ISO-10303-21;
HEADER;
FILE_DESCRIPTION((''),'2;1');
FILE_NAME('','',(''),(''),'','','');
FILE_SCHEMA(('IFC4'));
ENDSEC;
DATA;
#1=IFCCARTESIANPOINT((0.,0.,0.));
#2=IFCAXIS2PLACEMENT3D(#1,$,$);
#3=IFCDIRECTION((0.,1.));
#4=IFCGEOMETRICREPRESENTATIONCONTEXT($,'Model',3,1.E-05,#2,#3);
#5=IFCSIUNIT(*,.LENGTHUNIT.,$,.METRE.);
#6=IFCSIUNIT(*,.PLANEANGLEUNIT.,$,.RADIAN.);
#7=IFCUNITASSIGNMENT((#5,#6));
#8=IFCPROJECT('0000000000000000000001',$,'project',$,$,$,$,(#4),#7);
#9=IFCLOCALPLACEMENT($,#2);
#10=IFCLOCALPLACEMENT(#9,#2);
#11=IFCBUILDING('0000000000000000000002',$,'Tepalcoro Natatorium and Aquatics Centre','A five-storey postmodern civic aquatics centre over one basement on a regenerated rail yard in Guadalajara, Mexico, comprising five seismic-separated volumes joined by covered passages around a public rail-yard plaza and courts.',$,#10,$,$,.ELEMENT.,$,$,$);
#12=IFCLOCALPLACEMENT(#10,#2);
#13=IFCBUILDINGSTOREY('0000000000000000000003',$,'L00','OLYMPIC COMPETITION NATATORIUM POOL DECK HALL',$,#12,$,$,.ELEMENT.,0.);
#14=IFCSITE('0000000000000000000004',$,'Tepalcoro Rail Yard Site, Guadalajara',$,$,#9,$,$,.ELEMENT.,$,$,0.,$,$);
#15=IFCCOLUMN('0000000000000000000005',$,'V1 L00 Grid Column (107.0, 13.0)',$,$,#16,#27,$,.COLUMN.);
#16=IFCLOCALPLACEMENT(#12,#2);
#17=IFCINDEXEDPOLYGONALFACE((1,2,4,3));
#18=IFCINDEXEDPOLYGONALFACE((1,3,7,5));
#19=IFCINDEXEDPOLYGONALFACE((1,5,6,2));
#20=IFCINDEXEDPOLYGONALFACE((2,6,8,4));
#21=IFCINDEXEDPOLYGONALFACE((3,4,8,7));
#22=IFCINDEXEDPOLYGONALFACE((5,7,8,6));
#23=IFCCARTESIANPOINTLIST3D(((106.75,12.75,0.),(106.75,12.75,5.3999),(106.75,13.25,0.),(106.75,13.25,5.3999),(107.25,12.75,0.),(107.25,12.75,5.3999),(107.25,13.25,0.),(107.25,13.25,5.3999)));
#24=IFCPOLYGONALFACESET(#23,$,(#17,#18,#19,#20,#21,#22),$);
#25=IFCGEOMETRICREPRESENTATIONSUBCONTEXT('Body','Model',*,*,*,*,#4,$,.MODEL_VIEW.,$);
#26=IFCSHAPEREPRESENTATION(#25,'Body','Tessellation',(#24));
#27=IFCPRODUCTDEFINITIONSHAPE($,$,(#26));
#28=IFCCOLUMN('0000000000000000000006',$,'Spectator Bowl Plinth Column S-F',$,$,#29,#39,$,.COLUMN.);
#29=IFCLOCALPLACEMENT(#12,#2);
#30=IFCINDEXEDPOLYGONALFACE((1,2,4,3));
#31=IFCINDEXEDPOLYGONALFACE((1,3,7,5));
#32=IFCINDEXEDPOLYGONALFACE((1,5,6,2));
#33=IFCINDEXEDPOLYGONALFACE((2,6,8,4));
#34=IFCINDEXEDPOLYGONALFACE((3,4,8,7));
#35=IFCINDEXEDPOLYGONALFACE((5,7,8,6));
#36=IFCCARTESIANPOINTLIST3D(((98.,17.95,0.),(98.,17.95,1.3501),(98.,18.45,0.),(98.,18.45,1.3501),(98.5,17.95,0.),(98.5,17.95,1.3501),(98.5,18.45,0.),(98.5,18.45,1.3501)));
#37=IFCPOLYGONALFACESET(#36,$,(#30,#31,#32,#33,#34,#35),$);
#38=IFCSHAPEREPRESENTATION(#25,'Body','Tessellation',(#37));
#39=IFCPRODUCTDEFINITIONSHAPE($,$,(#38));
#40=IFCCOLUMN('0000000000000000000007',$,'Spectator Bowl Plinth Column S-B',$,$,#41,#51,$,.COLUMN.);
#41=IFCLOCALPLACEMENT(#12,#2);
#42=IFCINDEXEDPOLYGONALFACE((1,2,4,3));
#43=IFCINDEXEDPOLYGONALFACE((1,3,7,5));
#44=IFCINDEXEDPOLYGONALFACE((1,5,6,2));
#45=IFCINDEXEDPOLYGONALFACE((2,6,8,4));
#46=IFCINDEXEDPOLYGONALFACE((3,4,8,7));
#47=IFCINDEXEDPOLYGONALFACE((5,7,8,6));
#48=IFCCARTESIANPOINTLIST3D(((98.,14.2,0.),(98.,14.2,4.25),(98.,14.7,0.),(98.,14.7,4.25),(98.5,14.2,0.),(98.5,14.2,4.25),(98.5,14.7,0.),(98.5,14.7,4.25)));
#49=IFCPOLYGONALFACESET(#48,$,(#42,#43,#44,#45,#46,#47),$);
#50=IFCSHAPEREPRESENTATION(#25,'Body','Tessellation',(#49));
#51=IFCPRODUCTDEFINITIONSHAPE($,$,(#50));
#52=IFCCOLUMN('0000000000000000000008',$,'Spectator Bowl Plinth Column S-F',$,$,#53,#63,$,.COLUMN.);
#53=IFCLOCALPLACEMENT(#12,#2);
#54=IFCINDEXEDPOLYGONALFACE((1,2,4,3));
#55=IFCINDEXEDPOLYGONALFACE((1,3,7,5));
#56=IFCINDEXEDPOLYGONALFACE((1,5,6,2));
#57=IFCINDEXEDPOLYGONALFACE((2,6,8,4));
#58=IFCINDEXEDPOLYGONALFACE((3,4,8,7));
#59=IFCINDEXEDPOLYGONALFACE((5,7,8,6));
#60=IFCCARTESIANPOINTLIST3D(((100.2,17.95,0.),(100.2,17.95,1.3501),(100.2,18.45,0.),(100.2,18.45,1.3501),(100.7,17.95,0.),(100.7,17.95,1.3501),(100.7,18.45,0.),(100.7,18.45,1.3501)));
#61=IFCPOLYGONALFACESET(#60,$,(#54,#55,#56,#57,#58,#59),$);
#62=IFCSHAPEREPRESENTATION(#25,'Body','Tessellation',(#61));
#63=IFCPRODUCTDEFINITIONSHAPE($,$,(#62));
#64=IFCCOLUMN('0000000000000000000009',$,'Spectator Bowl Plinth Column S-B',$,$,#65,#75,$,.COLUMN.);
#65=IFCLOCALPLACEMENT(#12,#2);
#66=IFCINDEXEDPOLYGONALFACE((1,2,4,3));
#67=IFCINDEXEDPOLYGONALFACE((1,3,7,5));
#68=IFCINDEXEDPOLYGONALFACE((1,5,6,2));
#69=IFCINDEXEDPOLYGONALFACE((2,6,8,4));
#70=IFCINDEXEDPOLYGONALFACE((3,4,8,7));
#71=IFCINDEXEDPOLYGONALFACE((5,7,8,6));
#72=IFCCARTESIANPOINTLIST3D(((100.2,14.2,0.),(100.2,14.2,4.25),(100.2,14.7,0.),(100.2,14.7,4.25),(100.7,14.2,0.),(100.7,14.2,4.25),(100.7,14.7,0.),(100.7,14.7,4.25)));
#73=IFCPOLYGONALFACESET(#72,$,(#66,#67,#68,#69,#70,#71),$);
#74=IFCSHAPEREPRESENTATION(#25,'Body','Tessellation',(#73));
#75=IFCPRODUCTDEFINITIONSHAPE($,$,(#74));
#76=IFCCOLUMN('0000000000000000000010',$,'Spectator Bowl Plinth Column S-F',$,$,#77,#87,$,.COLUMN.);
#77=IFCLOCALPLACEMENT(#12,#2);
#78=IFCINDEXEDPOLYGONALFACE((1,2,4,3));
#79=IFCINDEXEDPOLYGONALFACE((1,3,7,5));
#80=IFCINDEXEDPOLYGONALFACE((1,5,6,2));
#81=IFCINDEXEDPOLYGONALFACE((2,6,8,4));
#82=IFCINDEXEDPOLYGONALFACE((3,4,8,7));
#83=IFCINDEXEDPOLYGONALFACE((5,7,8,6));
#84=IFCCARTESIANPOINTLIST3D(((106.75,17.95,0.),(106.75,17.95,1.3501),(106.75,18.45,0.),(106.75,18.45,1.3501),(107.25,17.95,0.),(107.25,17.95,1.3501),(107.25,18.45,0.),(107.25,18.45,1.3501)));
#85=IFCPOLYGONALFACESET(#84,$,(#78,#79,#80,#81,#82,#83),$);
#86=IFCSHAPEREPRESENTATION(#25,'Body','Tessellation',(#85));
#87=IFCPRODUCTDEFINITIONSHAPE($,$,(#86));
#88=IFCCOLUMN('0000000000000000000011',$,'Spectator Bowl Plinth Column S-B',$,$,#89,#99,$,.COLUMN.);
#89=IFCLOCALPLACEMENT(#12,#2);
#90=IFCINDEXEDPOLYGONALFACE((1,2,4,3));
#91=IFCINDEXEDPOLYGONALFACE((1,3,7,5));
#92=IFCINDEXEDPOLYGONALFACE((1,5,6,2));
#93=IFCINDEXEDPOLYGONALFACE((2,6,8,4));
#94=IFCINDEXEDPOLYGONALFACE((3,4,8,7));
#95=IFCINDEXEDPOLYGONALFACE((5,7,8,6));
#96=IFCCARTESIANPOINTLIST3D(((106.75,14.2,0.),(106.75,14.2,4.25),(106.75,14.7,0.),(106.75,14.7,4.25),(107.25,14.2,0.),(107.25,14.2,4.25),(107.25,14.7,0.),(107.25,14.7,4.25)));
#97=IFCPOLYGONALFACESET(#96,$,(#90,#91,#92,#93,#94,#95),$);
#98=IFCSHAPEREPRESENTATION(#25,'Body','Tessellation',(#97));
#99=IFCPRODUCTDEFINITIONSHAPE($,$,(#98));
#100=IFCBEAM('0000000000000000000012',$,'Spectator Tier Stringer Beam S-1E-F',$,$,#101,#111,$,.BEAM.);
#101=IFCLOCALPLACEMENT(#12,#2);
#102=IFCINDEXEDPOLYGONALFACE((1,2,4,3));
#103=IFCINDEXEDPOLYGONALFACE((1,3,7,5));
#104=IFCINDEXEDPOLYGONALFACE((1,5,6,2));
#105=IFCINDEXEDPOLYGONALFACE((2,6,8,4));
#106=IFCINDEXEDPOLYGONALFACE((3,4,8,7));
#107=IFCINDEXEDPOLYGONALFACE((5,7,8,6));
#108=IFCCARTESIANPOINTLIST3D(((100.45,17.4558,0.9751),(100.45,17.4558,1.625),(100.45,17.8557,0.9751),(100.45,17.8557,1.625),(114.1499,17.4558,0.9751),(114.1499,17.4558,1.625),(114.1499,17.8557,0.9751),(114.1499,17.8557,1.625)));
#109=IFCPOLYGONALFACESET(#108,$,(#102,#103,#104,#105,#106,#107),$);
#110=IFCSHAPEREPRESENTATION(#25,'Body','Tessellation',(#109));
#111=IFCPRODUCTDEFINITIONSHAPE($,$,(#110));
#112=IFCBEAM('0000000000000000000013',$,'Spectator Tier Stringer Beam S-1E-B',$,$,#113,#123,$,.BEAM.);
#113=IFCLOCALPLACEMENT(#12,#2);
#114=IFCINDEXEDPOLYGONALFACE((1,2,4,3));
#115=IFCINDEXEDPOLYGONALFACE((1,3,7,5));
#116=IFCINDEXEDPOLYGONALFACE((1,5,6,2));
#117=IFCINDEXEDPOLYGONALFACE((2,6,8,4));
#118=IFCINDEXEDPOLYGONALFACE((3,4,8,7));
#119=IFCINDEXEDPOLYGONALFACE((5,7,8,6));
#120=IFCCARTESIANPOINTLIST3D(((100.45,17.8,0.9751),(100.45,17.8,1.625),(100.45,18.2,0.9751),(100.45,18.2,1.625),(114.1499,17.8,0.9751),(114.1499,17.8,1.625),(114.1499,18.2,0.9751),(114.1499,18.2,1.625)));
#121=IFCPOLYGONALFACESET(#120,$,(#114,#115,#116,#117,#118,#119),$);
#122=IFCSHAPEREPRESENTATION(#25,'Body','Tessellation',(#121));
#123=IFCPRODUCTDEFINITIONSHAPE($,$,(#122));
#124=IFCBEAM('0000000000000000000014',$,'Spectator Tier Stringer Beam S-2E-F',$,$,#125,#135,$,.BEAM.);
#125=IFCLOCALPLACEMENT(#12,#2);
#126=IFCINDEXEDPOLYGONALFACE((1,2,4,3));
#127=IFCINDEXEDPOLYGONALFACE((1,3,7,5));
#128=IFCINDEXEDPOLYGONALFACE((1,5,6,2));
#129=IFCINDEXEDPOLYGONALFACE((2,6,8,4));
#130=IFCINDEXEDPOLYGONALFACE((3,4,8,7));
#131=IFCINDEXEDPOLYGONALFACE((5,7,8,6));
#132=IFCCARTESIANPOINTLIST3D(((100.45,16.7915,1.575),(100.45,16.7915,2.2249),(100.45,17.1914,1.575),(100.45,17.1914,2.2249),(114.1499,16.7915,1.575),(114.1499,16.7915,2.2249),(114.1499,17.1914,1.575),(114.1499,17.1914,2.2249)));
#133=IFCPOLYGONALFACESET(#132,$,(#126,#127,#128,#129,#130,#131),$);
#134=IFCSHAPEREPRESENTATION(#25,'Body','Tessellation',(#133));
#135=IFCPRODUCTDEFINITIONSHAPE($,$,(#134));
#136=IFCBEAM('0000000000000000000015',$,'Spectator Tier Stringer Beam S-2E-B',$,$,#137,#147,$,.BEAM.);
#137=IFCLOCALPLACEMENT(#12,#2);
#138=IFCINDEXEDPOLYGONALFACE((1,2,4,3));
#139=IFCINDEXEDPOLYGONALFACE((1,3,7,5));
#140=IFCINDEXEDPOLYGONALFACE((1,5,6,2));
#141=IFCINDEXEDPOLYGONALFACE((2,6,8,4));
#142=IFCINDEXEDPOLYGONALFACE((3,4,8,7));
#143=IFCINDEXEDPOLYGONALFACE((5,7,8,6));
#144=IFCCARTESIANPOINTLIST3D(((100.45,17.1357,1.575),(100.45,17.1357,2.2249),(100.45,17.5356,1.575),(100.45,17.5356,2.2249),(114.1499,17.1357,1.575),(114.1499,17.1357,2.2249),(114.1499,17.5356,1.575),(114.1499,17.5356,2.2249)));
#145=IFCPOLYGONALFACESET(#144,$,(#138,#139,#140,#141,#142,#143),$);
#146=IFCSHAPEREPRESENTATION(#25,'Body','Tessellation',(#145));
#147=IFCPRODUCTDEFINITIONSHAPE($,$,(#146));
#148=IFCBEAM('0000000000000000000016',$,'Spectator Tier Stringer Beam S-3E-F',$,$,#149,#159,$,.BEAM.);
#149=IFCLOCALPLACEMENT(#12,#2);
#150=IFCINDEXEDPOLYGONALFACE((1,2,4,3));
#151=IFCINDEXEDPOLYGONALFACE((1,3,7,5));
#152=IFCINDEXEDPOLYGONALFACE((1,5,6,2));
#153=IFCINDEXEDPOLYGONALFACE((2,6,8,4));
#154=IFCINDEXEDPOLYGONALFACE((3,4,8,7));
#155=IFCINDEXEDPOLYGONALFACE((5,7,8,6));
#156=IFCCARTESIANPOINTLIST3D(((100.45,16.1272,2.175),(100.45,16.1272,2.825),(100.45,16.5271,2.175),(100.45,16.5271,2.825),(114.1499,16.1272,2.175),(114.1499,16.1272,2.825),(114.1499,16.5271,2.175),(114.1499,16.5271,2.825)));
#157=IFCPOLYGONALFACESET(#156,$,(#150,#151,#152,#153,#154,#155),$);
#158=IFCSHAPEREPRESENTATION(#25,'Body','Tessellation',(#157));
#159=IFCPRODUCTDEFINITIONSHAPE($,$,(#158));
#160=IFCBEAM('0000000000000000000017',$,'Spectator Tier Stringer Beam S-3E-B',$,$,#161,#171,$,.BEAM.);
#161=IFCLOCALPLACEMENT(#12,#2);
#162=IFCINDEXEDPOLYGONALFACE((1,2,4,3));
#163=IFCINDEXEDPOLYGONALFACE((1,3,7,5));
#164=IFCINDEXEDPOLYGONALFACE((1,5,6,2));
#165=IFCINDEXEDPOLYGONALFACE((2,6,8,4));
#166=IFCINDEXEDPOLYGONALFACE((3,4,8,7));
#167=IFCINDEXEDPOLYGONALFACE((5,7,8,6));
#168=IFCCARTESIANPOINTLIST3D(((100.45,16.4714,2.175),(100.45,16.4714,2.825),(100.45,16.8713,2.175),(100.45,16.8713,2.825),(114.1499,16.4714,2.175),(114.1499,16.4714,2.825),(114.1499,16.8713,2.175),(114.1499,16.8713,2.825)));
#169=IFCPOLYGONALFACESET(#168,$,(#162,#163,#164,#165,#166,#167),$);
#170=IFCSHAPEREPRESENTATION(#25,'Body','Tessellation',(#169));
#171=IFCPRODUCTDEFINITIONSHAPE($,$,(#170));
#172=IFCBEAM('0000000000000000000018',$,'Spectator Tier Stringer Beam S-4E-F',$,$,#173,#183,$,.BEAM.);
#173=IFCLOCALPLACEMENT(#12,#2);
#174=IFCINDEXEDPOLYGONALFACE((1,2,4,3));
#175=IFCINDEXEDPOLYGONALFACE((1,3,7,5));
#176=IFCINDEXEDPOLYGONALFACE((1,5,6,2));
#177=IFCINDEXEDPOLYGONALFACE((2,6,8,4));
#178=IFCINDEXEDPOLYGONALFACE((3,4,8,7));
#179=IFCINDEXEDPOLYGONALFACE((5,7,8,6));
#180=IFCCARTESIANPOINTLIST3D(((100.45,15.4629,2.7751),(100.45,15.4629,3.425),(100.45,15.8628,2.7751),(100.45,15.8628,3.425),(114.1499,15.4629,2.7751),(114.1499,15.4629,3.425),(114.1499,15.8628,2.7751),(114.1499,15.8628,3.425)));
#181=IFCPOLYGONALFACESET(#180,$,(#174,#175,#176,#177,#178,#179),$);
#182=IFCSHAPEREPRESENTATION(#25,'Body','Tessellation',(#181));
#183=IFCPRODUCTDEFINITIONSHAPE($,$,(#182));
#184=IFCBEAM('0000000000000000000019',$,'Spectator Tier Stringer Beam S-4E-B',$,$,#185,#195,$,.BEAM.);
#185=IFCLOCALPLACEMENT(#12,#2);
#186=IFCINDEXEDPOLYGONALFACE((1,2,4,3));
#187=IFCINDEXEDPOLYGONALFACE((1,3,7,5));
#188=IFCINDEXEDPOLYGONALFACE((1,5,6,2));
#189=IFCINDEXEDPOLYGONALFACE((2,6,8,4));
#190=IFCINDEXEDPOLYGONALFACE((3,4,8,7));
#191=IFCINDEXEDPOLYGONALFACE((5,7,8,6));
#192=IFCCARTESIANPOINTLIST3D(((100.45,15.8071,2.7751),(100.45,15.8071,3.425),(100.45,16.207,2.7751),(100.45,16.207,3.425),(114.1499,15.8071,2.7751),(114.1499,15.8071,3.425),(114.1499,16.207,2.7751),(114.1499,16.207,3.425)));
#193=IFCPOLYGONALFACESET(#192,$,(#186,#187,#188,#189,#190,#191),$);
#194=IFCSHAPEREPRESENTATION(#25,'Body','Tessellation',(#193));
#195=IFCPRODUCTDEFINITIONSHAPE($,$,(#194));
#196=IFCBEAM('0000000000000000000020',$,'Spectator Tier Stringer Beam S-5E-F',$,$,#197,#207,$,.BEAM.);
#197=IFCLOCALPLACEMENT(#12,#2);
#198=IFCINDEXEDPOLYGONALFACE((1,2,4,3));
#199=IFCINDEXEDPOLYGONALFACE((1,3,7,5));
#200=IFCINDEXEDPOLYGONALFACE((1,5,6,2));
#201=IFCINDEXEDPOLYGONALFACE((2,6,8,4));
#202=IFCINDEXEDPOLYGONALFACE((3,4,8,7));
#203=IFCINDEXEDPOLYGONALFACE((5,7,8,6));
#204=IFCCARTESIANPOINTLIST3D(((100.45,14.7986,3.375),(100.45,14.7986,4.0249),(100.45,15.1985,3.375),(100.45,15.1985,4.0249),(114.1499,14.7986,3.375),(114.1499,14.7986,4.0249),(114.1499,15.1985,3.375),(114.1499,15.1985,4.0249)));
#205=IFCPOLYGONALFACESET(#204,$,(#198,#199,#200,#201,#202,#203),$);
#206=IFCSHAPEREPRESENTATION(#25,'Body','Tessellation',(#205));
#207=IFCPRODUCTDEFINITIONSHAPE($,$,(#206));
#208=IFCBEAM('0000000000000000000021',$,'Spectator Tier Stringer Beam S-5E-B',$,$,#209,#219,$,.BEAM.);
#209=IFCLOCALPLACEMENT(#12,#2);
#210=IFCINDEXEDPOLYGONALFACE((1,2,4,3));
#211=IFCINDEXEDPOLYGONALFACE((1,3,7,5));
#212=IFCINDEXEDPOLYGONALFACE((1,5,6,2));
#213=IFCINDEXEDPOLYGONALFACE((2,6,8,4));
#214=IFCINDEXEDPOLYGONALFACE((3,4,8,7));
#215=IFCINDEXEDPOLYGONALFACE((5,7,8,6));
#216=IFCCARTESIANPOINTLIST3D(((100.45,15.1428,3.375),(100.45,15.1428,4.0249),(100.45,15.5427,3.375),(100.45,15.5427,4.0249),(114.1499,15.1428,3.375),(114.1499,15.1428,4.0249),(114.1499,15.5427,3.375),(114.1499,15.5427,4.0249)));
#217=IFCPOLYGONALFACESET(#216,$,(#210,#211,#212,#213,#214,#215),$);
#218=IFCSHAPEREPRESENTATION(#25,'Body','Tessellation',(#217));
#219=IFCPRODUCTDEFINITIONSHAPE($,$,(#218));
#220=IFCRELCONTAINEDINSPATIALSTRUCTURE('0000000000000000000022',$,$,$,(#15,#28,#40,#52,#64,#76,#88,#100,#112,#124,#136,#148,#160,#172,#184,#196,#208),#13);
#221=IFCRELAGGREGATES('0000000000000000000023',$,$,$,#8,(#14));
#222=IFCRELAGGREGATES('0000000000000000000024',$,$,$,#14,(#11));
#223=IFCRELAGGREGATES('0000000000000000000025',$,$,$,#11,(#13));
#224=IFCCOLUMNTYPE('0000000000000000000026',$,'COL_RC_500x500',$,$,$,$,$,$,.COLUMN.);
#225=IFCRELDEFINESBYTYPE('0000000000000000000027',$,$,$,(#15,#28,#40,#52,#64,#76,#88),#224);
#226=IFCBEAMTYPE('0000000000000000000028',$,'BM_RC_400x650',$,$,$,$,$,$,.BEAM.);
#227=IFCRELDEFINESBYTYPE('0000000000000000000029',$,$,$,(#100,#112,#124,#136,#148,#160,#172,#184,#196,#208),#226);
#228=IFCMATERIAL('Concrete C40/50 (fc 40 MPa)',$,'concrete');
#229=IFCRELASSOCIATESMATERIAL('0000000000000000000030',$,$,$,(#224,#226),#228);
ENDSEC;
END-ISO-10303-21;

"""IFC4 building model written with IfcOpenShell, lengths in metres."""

from ifc_helpers import new_model, si_unit, direction, frame, origin, origin_2d, place, context, subcontext, project, spatial, rectangle, extrude, material, material_profile, profile_set, type_object, element, save


model = new_model("IFC4")

# Units and contexts
model_context = context("Model", 3, precision=1e-05, world=origin(), true_north=direction((0.0, 1.0)))
body_context = subcontext(model_context, "Body", "Model", "MODEL_VIEW")
ifc_project = project(units=[si_unit("LENGTHUNIT", "METRE"), si_unit("PLANEANGLEUNIT", "RADIAN")], contexts=[model_context])

# Site, building, storey
site_placement = place(None, origin())
site = spatial("IfcSite", under=ifc_project, at=site_placement, Name="Tepalcoro Rail Yard Site, Guadalajara", CompositionType="ELEMENT", RefElevation=0.0)
building_placement = place(site_placement, origin())
building = spatial("IfcBuilding", under=site, at=building_placement, Name="Tepalcoro Natatorium and Aquatics Centre", Description="A five-storey postmodern civic aquatics centre over one basement on a regenerated rail yard in Guadalajara, Mexico, comprising five seismic-separated volumes joined by covered passages around a public rail-yard plaza and courts.", CompositionType="ELEMENT")
storey_placement = place(building_placement, origin())
storey = spatial("IfcBuildingStorey", under=building, at=storey_placement, Name="L00", Description="OLYMPIC COMPETITION NATATORIUM POOL DECK HALL", CompositionType="ELEMENT", Elevation=0.0)

# Columns
ifc_material_1 = material(Name="Concrete C40/50 (fc 40 MPa)", Category="concrete")
ifc_material_profile_1 = material_profile(ifc_material_1, rectangle(XDim=0.5, YDim=0.5, at=origin_2d()), Name="RC500x500")
ifc_profile_set_1 = profile_set([ifc_material_profile_1], Name="Concrete C40/50 (fc 40 MPa)")
column_type = type_object("IfcColumnType", Name="COL_RC_500x500", PredefinedType="COLUMN", material=ifc_profile_set_1)
column_1_placement = place(storey_placement, frame((107.0, 13.0, 0.0), z_axis=(0.0, 0.0, 1.0), x_axis=(1.0, 0.0, 0.0)))
element("IfcColumn", 1, at=column_1_placement, inside=storey, type_object=column_type, Name="V1 L00 Grid Column (107.0, 13.0)", PredefinedType="COLUMN", context=body_context, shape_type="SweptSolid", body=[
    extrude(rectangle(XDim=0.5, YDim=0.5, at=origin_2d()), origin(), (0.0, 0.0, 1.0), 5.3999),
])
column_2_placement = place(storey_placement, frame((98.25, 18.2, 0.0), z_axis=(0.0, 0.0, 1.0), x_axis=(1.0, 0.0, 0.0)))
element("IfcColumn", 2, at=column_2_placement, inside=storey, type_object=column_type, Name="Spectator Bowl Plinth Column S-F", PredefinedType="COLUMN", context=body_context, shape_type="SweptSolid", body=[
    extrude(rectangle(XDim=0.5, YDim=0.5, at=origin_2d()), origin(), (0.0, 0.0, 1.0), 1.3501),
])
column_3_placement = place(storey_placement, frame((98.25, 14.45, 0.0), z_axis=(0.0, 0.0, 1.0), x_axis=(1.0, 0.0, 0.0)))
element("IfcColumn", 3, at=column_3_placement, inside=storey, type_object=column_type, Name="Spectator Bowl Plinth Column S-B", PredefinedType="COLUMN", context=body_context, shape_type="SweptSolid", body=[
    extrude(rectangle(XDim=0.5, YDim=0.5, at=origin_2d()), origin(), (0.0, 0.0, 1.0), 4.25),
])
column_4_placement = place(storey_placement, frame((100.45, 18.2, 0.0), z_axis=(0.0, 0.0, 1.0), x_axis=(1.0, 0.0, 0.0)))
element("IfcColumn", 4, at=column_4_placement, inside=storey, type_object=column_type, Name="Spectator Bowl Plinth Column S-F", PredefinedType="COLUMN", context=body_context, shape_type="SweptSolid", body=[
    extrude(rectangle(XDim=0.5, YDim=0.5, at=origin_2d()), origin(), (0.0, 0.0, 1.0), 1.3501),
])
column_5_placement = place(storey_placement, frame((100.45, 14.45, 0.0), z_axis=(0.0, 0.0, 1.0), x_axis=(1.0, 0.0, 0.0)))
element("IfcColumn", 5, at=column_5_placement, inside=storey, type_object=column_type, Name="Spectator Bowl Plinth Column S-B", PredefinedType="COLUMN", context=body_context, shape_type="SweptSolid", body=[
    extrude(rectangle(XDim=0.5, YDim=0.5, at=origin_2d()), origin(), (0.0, 0.0, 1.0), 4.25),
])
column_6_placement = place(storey_placement, frame((107.0, 18.2, 0.0), z_axis=(0.0, 0.0, 1.0), x_axis=(1.0, 0.0, 0.0)))
element("IfcColumn", 6, at=column_6_placement, inside=storey, type_object=column_type, Name="Spectator Bowl Plinth Column S-F", PredefinedType="COLUMN", context=body_context, shape_type="SweptSolid", body=[
    extrude(rectangle(XDim=0.5, YDim=0.5, at=origin_2d()), origin(), (0.0, 0.0, 1.0), 1.3501),
])
column_7_placement = place(storey_placement, frame((107.0, 14.45, 0.0), z_axis=(0.0, 0.0, 1.0), x_axis=(1.0, 0.0, 0.0)))
element("IfcColumn", 7, at=column_7_placement, inside=storey, type_object=column_type, Name="Spectator Bowl Plinth Column S-B", PredefinedType="COLUMN", context=body_context, shape_type="SweptSolid", body=[
    extrude(rectangle(XDim=0.5, YDim=0.5, at=origin_2d()), origin(), (0.0, 0.0, 1.0), 4.25),
])

# Beams
ifc_material_profile_2 = material_profile(ifc_material_1, rectangle(XDim=0.3999, YDim=0.6499, at=origin_2d()), Name="RCB400x650")
ifc_profile_set_2 = profile_set([ifc_material_profile_2], Name="Concrete C40/50 (fc 40 MPa)")
beam_type_1 = type_object("IfcBeamType", Name="BM_RC_400x650", PredefinedType="BEAM", material=ifc_profile_set_2)
for number, where, z_axis, x_axis, name in (
    (8, (100.45, 17.6558, 1.3), (1.0, 0.0, 0.0), (0.0, 1.0, 0.0), "Spectator Tier Stringer Beam S-1E-F"),
    (9, (100.45, 18.0, 1.3), (1.0, 0.0, 0.0), (0.0, 1.0, 0.0), "Spectator Tier Stringer Beam S-1E-B"),
    (10, (100.45, 16.9915, 1.8999), (1.0, 0.0, 0.0), (0.0, 1.0, 0.0), "Spectator Tier Stringer Beam S-2E-F"),
    (11, (100.45, 17.3357, 1.8999), (1.0, 0.0, 0.0), (0.0, 1.0, 0.0), "Spectator Tier Stringer Beam S-2E-B"),
    (12, (100.45, 16.3271, 2.5), (1.0, 0.0, 0.0), (0.0, 1.0, 0.0), "Spectator Tier Stringer Beam S-3E-F"),
    (13, (100.45, 16.6714, 2.5), (1.0, 0.0, 0.0), (0.0, 1.0, 0.0), "Spectator Tier Stringer Beam S-3E-B"),
    (14, (100.45, 15.6628, 3.1001), (1.0, 0.0, 0.0), (0.0, 1.0, 0.0), "Spectator Tier Stringer Beam S-4E-F"),
    (15, (100.45, 16.0071, 3.1001), (1.0, 0.0, 0.0), (0.0, 1.0, 0.0), "Spectator Tier Stringer Beam S-4E-B"),
    (16, (100.45, 14.9985, 3.7), (1.0, 0.0, 0.0), (0.0, 1.0, 0.0), "Spectator Tier Stringer Beam S-5E-F"),
    (17, (100.45, 15.3428, 3.7), (1.0, 0.0, 0.0), (0.0, 1.0, 0.0), "Spectator Tier Stringer Beam S-5E-B"),
):
    element("IfcBeam", number, at=place(storey_placement, frame(where, z_axis=z_axis, x_axis=x_axis)), inside=storey, type_object=beam_type_1, Name=name, PredefinedType="BEAM", context=body_context, shape_type="SweptSolid", body=[
        extrude(rectangle(XDim=0.3999, YDim=0.6499, at=origin_2d()), origin(), (0.0, 0.0, 1.0), 13.7),
    ])

save(model, "model.ifc")
